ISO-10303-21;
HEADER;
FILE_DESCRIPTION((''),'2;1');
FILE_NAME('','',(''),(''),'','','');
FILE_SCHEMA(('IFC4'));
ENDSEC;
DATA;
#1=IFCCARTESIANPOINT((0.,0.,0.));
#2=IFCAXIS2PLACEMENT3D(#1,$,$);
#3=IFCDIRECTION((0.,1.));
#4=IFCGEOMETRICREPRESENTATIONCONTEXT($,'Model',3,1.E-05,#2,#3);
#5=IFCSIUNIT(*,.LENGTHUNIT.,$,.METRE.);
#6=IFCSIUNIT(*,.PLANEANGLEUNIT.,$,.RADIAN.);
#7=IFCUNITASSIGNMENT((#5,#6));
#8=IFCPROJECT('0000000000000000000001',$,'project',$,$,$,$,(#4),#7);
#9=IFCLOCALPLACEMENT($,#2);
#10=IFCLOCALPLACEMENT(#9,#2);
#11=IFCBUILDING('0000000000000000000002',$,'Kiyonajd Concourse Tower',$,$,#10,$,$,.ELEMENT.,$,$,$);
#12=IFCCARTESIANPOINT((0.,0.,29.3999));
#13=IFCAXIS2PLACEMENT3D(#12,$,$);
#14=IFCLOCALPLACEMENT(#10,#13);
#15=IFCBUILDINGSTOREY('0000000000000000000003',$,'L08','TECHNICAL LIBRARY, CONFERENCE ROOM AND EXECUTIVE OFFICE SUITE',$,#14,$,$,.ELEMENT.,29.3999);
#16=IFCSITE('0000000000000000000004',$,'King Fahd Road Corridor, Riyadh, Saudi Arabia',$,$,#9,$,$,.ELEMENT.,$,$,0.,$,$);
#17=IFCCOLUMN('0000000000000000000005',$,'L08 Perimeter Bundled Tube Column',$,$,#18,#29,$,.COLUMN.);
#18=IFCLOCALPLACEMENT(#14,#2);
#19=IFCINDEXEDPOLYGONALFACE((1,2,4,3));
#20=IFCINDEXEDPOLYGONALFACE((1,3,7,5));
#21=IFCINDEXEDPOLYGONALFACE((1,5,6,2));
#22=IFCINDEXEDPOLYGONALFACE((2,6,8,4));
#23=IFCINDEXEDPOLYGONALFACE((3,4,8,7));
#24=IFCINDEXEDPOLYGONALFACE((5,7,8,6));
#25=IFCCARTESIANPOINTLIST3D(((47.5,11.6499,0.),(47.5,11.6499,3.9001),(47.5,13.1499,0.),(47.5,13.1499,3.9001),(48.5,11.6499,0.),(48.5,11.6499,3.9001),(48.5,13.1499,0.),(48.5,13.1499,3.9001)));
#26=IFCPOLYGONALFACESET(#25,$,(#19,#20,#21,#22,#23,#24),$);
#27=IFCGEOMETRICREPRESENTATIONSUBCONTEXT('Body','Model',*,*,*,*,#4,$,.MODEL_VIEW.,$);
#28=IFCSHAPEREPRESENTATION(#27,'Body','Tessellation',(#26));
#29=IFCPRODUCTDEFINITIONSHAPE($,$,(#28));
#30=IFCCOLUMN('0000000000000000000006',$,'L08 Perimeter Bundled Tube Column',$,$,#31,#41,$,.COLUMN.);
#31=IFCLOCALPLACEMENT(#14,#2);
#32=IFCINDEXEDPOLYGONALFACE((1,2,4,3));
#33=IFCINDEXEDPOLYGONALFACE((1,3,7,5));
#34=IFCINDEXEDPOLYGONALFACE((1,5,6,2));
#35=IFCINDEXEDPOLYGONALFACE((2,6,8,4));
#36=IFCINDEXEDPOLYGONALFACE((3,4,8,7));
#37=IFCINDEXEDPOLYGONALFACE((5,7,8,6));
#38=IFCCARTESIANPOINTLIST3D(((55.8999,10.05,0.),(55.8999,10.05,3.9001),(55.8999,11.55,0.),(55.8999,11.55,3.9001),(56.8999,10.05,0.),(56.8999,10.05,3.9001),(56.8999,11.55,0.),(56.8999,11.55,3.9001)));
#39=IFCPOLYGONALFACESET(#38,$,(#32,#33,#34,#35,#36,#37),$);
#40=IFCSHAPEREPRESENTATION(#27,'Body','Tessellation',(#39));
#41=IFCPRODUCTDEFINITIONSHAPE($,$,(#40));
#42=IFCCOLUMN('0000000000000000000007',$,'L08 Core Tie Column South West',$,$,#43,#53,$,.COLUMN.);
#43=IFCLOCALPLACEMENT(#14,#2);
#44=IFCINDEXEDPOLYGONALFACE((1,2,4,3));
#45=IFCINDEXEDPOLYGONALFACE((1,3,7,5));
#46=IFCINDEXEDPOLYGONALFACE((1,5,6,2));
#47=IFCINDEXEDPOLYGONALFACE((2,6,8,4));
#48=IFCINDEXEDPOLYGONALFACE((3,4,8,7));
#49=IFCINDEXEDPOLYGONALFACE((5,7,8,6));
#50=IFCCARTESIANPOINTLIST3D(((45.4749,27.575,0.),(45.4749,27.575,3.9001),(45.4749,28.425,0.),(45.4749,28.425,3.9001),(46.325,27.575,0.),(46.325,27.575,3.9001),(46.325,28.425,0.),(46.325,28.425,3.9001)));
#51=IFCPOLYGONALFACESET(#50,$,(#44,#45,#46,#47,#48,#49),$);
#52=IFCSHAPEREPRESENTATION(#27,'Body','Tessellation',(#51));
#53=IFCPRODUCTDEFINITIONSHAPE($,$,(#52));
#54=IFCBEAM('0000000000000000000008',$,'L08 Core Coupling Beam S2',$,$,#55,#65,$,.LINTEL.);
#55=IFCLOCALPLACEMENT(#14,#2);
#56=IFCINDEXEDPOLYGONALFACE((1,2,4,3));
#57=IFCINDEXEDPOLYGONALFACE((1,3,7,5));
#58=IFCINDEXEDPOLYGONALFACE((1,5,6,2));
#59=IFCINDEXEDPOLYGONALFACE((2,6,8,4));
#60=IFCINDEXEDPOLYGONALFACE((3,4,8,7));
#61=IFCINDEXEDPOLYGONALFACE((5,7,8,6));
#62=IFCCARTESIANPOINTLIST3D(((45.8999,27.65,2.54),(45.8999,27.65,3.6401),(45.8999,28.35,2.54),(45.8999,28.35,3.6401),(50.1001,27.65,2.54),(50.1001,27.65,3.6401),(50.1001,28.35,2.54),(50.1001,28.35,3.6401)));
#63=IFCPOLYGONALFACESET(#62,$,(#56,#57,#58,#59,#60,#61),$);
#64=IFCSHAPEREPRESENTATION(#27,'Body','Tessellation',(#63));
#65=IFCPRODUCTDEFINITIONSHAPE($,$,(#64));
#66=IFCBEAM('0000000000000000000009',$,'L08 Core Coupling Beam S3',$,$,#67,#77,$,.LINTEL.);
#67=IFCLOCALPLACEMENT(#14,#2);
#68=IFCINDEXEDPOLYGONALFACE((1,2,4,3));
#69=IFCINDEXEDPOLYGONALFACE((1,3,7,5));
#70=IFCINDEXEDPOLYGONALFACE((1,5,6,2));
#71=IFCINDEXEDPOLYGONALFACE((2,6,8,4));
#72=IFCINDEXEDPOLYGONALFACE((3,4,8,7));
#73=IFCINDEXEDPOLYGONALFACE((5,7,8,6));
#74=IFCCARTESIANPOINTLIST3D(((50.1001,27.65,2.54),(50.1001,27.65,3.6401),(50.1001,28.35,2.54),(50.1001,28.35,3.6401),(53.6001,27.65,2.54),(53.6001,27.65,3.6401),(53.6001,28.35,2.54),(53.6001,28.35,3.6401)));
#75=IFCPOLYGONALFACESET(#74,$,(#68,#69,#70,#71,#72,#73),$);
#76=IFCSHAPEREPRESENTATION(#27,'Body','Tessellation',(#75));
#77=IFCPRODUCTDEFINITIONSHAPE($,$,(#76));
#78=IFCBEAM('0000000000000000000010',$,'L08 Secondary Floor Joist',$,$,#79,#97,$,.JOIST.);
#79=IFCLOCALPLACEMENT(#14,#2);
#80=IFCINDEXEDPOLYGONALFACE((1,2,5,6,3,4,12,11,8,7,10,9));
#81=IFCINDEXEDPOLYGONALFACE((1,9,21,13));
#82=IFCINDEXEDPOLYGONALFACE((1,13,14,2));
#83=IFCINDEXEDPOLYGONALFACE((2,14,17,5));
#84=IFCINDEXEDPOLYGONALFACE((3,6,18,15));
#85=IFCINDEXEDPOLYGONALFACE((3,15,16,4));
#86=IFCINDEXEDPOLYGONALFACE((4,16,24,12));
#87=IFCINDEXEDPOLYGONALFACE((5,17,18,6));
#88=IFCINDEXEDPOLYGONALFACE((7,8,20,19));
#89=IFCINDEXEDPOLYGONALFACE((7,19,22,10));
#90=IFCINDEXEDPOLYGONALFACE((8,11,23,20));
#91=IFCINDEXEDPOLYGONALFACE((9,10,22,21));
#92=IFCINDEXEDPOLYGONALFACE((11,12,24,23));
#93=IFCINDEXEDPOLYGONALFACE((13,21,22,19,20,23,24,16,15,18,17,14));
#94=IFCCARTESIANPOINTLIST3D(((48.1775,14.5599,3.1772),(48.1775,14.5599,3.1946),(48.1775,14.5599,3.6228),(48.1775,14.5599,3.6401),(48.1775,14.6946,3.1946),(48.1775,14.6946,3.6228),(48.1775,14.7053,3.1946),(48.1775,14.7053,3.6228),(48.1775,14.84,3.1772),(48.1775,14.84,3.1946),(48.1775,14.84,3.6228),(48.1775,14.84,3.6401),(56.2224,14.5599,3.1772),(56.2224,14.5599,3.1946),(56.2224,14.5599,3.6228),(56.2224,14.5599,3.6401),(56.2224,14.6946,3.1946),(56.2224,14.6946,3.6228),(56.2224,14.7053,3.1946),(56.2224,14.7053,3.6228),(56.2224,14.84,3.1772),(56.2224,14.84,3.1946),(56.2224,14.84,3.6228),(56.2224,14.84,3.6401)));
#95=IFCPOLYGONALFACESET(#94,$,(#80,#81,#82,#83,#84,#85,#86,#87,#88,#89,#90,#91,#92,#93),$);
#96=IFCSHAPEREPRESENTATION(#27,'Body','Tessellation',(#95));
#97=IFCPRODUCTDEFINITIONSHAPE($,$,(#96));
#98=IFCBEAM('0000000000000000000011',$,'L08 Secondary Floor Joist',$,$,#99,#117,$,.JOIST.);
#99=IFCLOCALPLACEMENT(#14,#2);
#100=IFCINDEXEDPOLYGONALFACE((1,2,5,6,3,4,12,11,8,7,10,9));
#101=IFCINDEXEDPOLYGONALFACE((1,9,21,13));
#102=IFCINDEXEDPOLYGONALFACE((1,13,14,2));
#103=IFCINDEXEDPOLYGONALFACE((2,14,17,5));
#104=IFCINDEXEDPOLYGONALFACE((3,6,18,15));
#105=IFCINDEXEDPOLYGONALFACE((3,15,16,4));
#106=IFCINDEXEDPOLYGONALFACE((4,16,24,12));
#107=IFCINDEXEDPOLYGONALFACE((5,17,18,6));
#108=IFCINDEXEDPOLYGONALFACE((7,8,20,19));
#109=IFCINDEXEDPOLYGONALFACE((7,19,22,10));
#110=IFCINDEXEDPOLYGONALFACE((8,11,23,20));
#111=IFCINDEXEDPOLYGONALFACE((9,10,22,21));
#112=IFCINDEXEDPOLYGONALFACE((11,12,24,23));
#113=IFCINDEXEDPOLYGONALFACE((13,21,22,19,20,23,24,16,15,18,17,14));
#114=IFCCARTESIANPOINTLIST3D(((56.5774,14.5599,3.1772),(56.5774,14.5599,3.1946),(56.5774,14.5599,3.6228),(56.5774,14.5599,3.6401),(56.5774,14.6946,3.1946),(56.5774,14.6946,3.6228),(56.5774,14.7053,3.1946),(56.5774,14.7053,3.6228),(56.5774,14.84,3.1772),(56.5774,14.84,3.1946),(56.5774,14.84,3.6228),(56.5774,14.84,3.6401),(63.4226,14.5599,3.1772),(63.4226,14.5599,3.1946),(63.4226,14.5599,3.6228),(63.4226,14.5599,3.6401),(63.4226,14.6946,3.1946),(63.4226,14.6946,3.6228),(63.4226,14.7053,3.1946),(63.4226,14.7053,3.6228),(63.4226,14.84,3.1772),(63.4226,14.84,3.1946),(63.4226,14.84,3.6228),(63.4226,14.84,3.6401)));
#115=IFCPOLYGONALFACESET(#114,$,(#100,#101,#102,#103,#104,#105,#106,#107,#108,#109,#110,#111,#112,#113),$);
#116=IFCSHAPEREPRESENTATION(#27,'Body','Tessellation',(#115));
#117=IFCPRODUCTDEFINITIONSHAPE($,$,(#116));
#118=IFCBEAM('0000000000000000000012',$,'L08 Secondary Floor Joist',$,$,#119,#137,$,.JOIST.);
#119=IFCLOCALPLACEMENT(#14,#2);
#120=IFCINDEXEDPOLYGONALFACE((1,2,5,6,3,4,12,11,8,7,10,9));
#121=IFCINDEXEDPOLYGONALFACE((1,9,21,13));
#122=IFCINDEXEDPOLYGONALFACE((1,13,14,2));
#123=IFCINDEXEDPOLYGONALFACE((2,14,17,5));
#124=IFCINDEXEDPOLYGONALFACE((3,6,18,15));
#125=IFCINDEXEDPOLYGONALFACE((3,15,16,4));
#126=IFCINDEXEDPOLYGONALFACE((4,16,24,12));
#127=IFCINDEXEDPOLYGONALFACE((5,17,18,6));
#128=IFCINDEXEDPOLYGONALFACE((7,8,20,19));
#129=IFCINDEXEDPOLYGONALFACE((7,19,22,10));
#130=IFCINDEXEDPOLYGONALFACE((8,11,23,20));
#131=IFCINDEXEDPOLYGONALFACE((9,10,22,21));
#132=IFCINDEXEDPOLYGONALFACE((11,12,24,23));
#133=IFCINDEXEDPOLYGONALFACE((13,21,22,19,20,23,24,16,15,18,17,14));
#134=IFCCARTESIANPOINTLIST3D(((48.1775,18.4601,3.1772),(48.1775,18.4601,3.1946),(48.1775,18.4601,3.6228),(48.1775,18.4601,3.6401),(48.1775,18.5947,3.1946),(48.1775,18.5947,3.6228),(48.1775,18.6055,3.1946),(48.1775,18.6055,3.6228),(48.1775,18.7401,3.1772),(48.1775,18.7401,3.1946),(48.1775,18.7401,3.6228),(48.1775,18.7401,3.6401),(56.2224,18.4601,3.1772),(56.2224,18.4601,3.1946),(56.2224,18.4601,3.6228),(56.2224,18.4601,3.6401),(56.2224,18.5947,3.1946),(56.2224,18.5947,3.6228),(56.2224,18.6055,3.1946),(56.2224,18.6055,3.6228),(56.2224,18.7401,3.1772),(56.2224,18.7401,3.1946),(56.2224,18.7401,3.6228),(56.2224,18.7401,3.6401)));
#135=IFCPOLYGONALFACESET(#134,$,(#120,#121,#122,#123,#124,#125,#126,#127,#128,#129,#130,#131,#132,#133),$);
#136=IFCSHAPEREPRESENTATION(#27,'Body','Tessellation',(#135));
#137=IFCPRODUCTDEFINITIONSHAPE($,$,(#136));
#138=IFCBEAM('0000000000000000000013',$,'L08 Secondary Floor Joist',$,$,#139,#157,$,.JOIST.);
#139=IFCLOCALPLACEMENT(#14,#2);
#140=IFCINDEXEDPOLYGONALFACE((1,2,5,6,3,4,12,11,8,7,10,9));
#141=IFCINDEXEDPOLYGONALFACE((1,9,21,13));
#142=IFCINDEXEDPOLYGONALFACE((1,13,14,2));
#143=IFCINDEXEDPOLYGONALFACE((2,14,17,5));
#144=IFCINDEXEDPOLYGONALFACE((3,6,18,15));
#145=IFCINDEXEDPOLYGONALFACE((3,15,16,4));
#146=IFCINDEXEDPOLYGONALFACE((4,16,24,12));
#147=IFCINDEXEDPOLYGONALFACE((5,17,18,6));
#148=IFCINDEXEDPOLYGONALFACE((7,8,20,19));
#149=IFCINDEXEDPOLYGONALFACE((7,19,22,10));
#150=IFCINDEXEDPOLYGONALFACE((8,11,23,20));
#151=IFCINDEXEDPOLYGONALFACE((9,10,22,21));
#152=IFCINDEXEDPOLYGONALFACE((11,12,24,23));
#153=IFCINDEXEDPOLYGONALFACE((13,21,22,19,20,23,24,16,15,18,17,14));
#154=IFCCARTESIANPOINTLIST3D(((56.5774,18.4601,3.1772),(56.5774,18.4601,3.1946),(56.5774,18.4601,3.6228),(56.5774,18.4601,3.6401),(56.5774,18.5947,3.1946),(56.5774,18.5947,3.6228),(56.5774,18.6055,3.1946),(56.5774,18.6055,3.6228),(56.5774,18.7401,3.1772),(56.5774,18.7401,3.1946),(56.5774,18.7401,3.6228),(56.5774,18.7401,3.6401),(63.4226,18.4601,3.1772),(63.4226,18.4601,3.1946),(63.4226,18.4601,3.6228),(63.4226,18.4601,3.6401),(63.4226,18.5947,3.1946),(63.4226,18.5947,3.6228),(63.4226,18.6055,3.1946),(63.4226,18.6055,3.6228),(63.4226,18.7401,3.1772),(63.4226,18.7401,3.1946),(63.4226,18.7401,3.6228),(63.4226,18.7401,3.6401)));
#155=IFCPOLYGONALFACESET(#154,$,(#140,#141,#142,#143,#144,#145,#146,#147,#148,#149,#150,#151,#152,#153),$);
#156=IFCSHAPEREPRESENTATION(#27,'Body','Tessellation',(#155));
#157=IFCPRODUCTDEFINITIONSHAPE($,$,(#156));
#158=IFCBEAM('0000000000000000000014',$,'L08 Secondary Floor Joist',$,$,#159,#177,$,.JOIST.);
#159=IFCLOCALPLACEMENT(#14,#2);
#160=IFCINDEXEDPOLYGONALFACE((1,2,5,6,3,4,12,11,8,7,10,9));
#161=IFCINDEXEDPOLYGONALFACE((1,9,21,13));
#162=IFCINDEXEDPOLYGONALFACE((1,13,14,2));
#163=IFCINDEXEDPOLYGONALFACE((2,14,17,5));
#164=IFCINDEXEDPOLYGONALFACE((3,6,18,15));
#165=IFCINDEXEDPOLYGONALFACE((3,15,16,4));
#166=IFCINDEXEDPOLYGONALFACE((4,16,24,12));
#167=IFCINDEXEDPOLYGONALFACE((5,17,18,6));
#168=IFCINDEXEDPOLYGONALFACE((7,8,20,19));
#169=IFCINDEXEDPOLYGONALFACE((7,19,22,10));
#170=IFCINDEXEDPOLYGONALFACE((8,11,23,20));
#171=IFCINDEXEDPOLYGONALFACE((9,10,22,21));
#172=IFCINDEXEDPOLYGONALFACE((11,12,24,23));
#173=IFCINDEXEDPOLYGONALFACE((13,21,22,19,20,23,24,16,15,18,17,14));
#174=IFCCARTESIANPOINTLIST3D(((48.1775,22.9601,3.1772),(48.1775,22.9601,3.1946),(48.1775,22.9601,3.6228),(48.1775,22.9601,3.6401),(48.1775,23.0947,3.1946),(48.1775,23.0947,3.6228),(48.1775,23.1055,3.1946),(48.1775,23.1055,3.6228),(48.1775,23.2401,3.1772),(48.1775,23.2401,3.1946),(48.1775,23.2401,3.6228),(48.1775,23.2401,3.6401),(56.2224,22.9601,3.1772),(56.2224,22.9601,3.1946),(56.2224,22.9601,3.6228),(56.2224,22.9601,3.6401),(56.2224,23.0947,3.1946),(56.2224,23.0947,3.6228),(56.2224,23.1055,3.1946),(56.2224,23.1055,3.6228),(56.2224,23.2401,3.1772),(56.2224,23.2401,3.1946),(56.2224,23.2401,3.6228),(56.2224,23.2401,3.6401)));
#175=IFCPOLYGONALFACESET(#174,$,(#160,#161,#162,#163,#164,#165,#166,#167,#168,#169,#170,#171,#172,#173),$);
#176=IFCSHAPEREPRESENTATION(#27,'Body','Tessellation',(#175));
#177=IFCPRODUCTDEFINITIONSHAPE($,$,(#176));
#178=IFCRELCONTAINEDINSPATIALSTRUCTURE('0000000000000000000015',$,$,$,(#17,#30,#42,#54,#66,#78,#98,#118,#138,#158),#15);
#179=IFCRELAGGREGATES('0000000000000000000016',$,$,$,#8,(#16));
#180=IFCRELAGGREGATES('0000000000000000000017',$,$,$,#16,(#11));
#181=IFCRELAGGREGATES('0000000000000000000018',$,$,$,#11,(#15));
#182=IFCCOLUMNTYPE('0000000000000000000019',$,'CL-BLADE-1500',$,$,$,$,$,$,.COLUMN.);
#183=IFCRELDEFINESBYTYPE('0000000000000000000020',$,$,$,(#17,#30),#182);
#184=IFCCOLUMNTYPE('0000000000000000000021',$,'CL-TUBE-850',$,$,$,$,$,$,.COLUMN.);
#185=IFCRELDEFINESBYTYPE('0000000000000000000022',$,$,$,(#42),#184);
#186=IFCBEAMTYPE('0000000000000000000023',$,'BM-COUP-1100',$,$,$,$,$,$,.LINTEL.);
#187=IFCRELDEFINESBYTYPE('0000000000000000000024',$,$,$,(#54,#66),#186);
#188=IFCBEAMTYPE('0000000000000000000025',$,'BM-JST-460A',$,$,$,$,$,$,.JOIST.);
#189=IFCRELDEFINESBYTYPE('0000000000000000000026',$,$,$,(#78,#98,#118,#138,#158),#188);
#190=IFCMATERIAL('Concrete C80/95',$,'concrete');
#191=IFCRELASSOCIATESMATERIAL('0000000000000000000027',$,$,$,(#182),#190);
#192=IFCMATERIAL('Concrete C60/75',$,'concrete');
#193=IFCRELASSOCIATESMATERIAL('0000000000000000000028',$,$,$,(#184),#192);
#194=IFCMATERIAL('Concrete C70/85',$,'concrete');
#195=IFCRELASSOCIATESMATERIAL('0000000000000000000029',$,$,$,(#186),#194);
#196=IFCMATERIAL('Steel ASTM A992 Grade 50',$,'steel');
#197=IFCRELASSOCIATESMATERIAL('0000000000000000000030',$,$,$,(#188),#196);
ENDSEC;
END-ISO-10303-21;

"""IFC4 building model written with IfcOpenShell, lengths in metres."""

from ifc_helpers import new_model, si_unit, direction, frame, origin, origin_2d, place, context, subcontext, project, spatial, rectangle, i_section, extrude, material, material_profile, profile_set, type_object, element, save


model = new_model("IFC4")

# Units and contexts
model_context = context("Model", 3, precision=1e-05, world=origin(), true_north=direction((0.0, 1.0)))
body_context = subcontext(model_context, "Body", "Model", "MODEL_VIEW")
ifc_project = project(units=[si_unit("LENGTHUNIT", "METRE"), si_unit("PLANEANGLEUNIT", "RADIAN")], contexts=[model_context])

# Site, building, storey
site_placement = place(None, origin())
site = spatial("IfcSite", under=ifc_project, at=site_placement, Name="King Fahd Road Corridor, Riyadh, Saudi Arabia", CompositionType="ELEMENT", RefElevation=0.0)
building_placement = place(site_placement, origin())
building = spatial("IfcBuilding", under=site, at=building_placement, Name="Kiyonajd Concourse Tower", CompositionType="ELEMENT")
storey_placement = place(building_placement, frame((0.0, 0.0, 29.3999)))
storey = spatial("IfcBuildingStorey", under=building, at=storey_placement, Name="L08", Description="TECHNICAL LIBRARY, CONFERENCE ROOM AND EXECUTIVE OFFICE SUITE", CompositionType="ELEMENT", Elevation=29.3999)

# Columns
ifc_material_1 = material(Name="Concrete C80/95", Category="concrete")
ifc_material_profile_1 = material_profile(ifc_material_1, rectangle(XDim=1.0, YDim=1.5, at=origin_2d()), Name="RC-1500x1000")
ifc_profile_set_1 = profile_set([ifc_material_profile_1], Name="Concrete C80/95")
column_type_1 = type_object("IfcColumnType", Name="CL-BLADE-1500", PredefinedType="COLUMN", material=ifc_profile_set_1)
for number, where, z_axis, x_axis, name in (
    (1, (48.0, 12.3999, 0.0), (0.0, 0.0, 1.0), (1.0, 0.0, 0.0), "L08 Perimeter Bundled Tube Column"),
    (2, (56.3999, 10.8, 0.0), (0.0, 0.0, 1.0), (1.0, 0.0, 0.0), "L08 Perimeter Bundled Tube Column"),
):
    element("IfcColumn", number, at=place(storey_placement, frame(where, z_axis=z_axis, x_axis=x_axis)), inside=storey, type_object=column_type_1, Name=name, PredefinedType="COLUMN", context=body_context, shape_type="SweptSolid", body=[
        extrude(rectangle(XDim=1.0, YDim=1.5, at=origin_2d()), origin(), (0.0, 0.0, 1.0), 3.9001),
    ])
ifc_material_2 = material(Name="Concrete C60/75", Category="concrete")
ifc_material_profile_2 = material_profile(ifc_material_2, rectangle(XDim=0.8501, YDim=0.8501, at=origin_2d()), Name="RC-850x850")
ifc_profile_set_2 = profile_set([ifc_material_profile_2], Name="Concrete C60/75")
column_type_2 = type_object("IfcColumnType", Name="CL-TUBE-850", PredefinedType="COLUMN", material=ifc_profile_set_2)
column_placement = place(storey_placement, frame((45.8999, 28.0, 0.0), z_axis=(0.0, 0.0, 1.0), x_axis=(1.0, 0.0, 0.0)))
element("IfcColumn", 3, at=column_placement, inside=storey, type_object=column_type_2, Name="L08 Core Tie Column South West", PredefinedType="COLUMN", context=body_context, shape_type="SweptSolid", body=[
    extrude(rectangle(XDim=0.8501, YDim=0.8501, at=origin_2d()), origin(), (0.0, 0.0, 1.0), 3.9001),
])

# Beams
ifc_material_3 = material(Name="Concrete C70/85", Category="concrete")
ifc_material_profile_3 = material_profile(ifc_material_3, rectangle(XDim=0.7, YDim=1.1001, at=origin_2d()), Name="RCBM-700x1100")
ifc_profile_set_3 = profile_set([ifc_material_profile_3], Name="Concrete C70/85")
beam_type_1 = type_object("IfcBeamType", Name="BM-COUP-1100", PredefinedType="LINTEL", material=ifc_profile_set_3)
beam_1_placement = place(storey_placement, frame((45.8999, 28.0, 3.0901), z_axis=(1.0, 0.0, 0.0), x_axis=(0.0, 1.0, 0.0)))
element("IfcBeam", 4, at=beam_1_placement, inside=storey, type_object=beam_type_1, Name="L08 Core Coupling Beam S2", PredefinedType="LINTEL", context=body_context, shape_type="SweptSolid", body=[
    extrude(rectangle(XDim=0.7, YDim=1.1001, at=origin_2d()), origin(), (0.0, 0.0, 1.0), 4.2002),
])
beam_2_placement = place(storey_placement, frame((50.1001, 28.0, 3.0901), z_axis=(1.0, 0.0, 0.0), x_axis=(0.0, 1.0, 0.0)))
element("IfcBeam", 5, at=beam_2_placement, inside=storey, type_object=beam_type_1, Name="L08 Core Coupling Beam S3", PredefinedType="LINTEL", context=body_context, shape_type="SweptSolid", body=[
    extrude(rectangle(XDim=0.7, YDim=1.1001, at=origin_2d()), origin(), (0.0, 0.0, 1.0), 3.5),
])
ifc_material_4 = material(Name="Steel ASTM A992 Grade 50", Category="steel")
ifc_material_profile_4 = material_profile(ifc_material_4, i_section(OverallWidth=0.28, OverallDepth=0.4629, WebThickness=0.0107, FlangeThickness=0.0173, at=origin_2d()), Name="W460X113")
ifc_profile_set_4 = profile_set([ifc_material_profile_4], Name="Steel ASTM A992 Grade 50")
beam_type_2 = type_object("IfcBeamType", Name="BM-JST-460A", PredefinedType="JOIST", material=ifc_profile_set_4)
beam_3_placement = place(storey_placement, frame((48.1775, 14.7, 3.4087), z_axis=(1.0, 0.0, 0.0), x_axis=(0.0, 1.0, 0.0)))
element("IfcBeam", 6, at=beam_3_placement, inside=storey, type_object=beam_type_2, Name="L08 Secondary Floor Joist", PredefinedType="JOIST", context=body_context, shape_type="SweptSolid", body=[
    extrude(i_section(OverallWidth=0.28, OverallDepth=0.4629, WebThickness=0.0107, FlangeThickness=0.0173, at=origin_2d()), origin(), (0.0, 0.0, 1.0), 8.0449),
])
beam_4_placement = place(storey_placement, frame((56.5774, 14.7, 3.4087), z_axis=(1.0, 0.0, 0.0), x_axis=(0.0, 1.0, 0.0)))
element("IfcBeam", 7, at=beam_4_placement, inside=storey, type_object=beam_type_2, Name="L08 Secondary Floor Joist", PredefinedType="JOIST", context=body_context, shape_type="SweptSolid", body=[
    extrude(i_section(OverallWidth=0.28, OverallDepth=0.4629, WebThickness=0.0107, FlangeThickness=0.0173, at=origin_2d()), origin(), (0.0, 0.0, 1.0), 6.8452),
])
beam_5_placement = place(storey_placement, frame((48.1775, 18.6001, 3.4087), z_axis=(1.0, 0.0, 0.0), x_axis=(0.0, 1.0, 0.0)))
element("IfcBeam", 8, at=beam_5_placement, inside=storey, type_object=beam_type_2, Name="L08 Secondary Floor Joist", PredefinedType="JOIST", context=body_context, shape_type="SweptSolid", body=[
    extrude(i_section(OverallWidth=0.28, OverallDepth=0.4629, WebThickness=0.0107, FlangeThickness=0.0173, at=origin_2d()), origin(), (0.0, 0.0, 1.0), 8.0449),
])
beam_6_placement = place(storey_placement, frame((56.5774, 18.6001, 3.4087), z_axis=(1.0, 0.0, 0.0), x_axis=(0.0, 1.0, 0.0)))
element("IfcBeam", 9, at=beam_6_placement, inside=storey, type_object=beam_type_2, Name="L08 Secondary Floor Joist", PredefinedType="JOIST", context=body_context, shape_type="SweptSolid", body=[
    extrude(i_section(OverallWidth=0.28, OverallDepth=0.4629, WebThickness=0.0107, FlangeThickness=0.0173, at=origin_2d()), origin(), (0.0, 0.0, 1.0), 6.8452),
])
beam_7_placement = place(storey_placement, frame((48.1775, 23.1001, 3.4087), z_axis=(1.0, 0.0, 0.0), x_axis=(0.0, 1.0, 0.0)))
element("IfcBeam", 10, at=beam_7_placement, inside=storey, type_object=beam_type_2, Name="L08 Secondary Floor Joist", PredefinedType="JOIST", context=body_context, shape_type="SweptSolid", body=[
    extrude(i_section(OverallWidth=0.28, OverallDepth=0.4629, WebThickness=0.0107, FlangeThickness=0.0173, at=origin_2d()), origin(), (0.0, 0.0, 1.0), 8.0449),
])

save(model, "model.ifc")
